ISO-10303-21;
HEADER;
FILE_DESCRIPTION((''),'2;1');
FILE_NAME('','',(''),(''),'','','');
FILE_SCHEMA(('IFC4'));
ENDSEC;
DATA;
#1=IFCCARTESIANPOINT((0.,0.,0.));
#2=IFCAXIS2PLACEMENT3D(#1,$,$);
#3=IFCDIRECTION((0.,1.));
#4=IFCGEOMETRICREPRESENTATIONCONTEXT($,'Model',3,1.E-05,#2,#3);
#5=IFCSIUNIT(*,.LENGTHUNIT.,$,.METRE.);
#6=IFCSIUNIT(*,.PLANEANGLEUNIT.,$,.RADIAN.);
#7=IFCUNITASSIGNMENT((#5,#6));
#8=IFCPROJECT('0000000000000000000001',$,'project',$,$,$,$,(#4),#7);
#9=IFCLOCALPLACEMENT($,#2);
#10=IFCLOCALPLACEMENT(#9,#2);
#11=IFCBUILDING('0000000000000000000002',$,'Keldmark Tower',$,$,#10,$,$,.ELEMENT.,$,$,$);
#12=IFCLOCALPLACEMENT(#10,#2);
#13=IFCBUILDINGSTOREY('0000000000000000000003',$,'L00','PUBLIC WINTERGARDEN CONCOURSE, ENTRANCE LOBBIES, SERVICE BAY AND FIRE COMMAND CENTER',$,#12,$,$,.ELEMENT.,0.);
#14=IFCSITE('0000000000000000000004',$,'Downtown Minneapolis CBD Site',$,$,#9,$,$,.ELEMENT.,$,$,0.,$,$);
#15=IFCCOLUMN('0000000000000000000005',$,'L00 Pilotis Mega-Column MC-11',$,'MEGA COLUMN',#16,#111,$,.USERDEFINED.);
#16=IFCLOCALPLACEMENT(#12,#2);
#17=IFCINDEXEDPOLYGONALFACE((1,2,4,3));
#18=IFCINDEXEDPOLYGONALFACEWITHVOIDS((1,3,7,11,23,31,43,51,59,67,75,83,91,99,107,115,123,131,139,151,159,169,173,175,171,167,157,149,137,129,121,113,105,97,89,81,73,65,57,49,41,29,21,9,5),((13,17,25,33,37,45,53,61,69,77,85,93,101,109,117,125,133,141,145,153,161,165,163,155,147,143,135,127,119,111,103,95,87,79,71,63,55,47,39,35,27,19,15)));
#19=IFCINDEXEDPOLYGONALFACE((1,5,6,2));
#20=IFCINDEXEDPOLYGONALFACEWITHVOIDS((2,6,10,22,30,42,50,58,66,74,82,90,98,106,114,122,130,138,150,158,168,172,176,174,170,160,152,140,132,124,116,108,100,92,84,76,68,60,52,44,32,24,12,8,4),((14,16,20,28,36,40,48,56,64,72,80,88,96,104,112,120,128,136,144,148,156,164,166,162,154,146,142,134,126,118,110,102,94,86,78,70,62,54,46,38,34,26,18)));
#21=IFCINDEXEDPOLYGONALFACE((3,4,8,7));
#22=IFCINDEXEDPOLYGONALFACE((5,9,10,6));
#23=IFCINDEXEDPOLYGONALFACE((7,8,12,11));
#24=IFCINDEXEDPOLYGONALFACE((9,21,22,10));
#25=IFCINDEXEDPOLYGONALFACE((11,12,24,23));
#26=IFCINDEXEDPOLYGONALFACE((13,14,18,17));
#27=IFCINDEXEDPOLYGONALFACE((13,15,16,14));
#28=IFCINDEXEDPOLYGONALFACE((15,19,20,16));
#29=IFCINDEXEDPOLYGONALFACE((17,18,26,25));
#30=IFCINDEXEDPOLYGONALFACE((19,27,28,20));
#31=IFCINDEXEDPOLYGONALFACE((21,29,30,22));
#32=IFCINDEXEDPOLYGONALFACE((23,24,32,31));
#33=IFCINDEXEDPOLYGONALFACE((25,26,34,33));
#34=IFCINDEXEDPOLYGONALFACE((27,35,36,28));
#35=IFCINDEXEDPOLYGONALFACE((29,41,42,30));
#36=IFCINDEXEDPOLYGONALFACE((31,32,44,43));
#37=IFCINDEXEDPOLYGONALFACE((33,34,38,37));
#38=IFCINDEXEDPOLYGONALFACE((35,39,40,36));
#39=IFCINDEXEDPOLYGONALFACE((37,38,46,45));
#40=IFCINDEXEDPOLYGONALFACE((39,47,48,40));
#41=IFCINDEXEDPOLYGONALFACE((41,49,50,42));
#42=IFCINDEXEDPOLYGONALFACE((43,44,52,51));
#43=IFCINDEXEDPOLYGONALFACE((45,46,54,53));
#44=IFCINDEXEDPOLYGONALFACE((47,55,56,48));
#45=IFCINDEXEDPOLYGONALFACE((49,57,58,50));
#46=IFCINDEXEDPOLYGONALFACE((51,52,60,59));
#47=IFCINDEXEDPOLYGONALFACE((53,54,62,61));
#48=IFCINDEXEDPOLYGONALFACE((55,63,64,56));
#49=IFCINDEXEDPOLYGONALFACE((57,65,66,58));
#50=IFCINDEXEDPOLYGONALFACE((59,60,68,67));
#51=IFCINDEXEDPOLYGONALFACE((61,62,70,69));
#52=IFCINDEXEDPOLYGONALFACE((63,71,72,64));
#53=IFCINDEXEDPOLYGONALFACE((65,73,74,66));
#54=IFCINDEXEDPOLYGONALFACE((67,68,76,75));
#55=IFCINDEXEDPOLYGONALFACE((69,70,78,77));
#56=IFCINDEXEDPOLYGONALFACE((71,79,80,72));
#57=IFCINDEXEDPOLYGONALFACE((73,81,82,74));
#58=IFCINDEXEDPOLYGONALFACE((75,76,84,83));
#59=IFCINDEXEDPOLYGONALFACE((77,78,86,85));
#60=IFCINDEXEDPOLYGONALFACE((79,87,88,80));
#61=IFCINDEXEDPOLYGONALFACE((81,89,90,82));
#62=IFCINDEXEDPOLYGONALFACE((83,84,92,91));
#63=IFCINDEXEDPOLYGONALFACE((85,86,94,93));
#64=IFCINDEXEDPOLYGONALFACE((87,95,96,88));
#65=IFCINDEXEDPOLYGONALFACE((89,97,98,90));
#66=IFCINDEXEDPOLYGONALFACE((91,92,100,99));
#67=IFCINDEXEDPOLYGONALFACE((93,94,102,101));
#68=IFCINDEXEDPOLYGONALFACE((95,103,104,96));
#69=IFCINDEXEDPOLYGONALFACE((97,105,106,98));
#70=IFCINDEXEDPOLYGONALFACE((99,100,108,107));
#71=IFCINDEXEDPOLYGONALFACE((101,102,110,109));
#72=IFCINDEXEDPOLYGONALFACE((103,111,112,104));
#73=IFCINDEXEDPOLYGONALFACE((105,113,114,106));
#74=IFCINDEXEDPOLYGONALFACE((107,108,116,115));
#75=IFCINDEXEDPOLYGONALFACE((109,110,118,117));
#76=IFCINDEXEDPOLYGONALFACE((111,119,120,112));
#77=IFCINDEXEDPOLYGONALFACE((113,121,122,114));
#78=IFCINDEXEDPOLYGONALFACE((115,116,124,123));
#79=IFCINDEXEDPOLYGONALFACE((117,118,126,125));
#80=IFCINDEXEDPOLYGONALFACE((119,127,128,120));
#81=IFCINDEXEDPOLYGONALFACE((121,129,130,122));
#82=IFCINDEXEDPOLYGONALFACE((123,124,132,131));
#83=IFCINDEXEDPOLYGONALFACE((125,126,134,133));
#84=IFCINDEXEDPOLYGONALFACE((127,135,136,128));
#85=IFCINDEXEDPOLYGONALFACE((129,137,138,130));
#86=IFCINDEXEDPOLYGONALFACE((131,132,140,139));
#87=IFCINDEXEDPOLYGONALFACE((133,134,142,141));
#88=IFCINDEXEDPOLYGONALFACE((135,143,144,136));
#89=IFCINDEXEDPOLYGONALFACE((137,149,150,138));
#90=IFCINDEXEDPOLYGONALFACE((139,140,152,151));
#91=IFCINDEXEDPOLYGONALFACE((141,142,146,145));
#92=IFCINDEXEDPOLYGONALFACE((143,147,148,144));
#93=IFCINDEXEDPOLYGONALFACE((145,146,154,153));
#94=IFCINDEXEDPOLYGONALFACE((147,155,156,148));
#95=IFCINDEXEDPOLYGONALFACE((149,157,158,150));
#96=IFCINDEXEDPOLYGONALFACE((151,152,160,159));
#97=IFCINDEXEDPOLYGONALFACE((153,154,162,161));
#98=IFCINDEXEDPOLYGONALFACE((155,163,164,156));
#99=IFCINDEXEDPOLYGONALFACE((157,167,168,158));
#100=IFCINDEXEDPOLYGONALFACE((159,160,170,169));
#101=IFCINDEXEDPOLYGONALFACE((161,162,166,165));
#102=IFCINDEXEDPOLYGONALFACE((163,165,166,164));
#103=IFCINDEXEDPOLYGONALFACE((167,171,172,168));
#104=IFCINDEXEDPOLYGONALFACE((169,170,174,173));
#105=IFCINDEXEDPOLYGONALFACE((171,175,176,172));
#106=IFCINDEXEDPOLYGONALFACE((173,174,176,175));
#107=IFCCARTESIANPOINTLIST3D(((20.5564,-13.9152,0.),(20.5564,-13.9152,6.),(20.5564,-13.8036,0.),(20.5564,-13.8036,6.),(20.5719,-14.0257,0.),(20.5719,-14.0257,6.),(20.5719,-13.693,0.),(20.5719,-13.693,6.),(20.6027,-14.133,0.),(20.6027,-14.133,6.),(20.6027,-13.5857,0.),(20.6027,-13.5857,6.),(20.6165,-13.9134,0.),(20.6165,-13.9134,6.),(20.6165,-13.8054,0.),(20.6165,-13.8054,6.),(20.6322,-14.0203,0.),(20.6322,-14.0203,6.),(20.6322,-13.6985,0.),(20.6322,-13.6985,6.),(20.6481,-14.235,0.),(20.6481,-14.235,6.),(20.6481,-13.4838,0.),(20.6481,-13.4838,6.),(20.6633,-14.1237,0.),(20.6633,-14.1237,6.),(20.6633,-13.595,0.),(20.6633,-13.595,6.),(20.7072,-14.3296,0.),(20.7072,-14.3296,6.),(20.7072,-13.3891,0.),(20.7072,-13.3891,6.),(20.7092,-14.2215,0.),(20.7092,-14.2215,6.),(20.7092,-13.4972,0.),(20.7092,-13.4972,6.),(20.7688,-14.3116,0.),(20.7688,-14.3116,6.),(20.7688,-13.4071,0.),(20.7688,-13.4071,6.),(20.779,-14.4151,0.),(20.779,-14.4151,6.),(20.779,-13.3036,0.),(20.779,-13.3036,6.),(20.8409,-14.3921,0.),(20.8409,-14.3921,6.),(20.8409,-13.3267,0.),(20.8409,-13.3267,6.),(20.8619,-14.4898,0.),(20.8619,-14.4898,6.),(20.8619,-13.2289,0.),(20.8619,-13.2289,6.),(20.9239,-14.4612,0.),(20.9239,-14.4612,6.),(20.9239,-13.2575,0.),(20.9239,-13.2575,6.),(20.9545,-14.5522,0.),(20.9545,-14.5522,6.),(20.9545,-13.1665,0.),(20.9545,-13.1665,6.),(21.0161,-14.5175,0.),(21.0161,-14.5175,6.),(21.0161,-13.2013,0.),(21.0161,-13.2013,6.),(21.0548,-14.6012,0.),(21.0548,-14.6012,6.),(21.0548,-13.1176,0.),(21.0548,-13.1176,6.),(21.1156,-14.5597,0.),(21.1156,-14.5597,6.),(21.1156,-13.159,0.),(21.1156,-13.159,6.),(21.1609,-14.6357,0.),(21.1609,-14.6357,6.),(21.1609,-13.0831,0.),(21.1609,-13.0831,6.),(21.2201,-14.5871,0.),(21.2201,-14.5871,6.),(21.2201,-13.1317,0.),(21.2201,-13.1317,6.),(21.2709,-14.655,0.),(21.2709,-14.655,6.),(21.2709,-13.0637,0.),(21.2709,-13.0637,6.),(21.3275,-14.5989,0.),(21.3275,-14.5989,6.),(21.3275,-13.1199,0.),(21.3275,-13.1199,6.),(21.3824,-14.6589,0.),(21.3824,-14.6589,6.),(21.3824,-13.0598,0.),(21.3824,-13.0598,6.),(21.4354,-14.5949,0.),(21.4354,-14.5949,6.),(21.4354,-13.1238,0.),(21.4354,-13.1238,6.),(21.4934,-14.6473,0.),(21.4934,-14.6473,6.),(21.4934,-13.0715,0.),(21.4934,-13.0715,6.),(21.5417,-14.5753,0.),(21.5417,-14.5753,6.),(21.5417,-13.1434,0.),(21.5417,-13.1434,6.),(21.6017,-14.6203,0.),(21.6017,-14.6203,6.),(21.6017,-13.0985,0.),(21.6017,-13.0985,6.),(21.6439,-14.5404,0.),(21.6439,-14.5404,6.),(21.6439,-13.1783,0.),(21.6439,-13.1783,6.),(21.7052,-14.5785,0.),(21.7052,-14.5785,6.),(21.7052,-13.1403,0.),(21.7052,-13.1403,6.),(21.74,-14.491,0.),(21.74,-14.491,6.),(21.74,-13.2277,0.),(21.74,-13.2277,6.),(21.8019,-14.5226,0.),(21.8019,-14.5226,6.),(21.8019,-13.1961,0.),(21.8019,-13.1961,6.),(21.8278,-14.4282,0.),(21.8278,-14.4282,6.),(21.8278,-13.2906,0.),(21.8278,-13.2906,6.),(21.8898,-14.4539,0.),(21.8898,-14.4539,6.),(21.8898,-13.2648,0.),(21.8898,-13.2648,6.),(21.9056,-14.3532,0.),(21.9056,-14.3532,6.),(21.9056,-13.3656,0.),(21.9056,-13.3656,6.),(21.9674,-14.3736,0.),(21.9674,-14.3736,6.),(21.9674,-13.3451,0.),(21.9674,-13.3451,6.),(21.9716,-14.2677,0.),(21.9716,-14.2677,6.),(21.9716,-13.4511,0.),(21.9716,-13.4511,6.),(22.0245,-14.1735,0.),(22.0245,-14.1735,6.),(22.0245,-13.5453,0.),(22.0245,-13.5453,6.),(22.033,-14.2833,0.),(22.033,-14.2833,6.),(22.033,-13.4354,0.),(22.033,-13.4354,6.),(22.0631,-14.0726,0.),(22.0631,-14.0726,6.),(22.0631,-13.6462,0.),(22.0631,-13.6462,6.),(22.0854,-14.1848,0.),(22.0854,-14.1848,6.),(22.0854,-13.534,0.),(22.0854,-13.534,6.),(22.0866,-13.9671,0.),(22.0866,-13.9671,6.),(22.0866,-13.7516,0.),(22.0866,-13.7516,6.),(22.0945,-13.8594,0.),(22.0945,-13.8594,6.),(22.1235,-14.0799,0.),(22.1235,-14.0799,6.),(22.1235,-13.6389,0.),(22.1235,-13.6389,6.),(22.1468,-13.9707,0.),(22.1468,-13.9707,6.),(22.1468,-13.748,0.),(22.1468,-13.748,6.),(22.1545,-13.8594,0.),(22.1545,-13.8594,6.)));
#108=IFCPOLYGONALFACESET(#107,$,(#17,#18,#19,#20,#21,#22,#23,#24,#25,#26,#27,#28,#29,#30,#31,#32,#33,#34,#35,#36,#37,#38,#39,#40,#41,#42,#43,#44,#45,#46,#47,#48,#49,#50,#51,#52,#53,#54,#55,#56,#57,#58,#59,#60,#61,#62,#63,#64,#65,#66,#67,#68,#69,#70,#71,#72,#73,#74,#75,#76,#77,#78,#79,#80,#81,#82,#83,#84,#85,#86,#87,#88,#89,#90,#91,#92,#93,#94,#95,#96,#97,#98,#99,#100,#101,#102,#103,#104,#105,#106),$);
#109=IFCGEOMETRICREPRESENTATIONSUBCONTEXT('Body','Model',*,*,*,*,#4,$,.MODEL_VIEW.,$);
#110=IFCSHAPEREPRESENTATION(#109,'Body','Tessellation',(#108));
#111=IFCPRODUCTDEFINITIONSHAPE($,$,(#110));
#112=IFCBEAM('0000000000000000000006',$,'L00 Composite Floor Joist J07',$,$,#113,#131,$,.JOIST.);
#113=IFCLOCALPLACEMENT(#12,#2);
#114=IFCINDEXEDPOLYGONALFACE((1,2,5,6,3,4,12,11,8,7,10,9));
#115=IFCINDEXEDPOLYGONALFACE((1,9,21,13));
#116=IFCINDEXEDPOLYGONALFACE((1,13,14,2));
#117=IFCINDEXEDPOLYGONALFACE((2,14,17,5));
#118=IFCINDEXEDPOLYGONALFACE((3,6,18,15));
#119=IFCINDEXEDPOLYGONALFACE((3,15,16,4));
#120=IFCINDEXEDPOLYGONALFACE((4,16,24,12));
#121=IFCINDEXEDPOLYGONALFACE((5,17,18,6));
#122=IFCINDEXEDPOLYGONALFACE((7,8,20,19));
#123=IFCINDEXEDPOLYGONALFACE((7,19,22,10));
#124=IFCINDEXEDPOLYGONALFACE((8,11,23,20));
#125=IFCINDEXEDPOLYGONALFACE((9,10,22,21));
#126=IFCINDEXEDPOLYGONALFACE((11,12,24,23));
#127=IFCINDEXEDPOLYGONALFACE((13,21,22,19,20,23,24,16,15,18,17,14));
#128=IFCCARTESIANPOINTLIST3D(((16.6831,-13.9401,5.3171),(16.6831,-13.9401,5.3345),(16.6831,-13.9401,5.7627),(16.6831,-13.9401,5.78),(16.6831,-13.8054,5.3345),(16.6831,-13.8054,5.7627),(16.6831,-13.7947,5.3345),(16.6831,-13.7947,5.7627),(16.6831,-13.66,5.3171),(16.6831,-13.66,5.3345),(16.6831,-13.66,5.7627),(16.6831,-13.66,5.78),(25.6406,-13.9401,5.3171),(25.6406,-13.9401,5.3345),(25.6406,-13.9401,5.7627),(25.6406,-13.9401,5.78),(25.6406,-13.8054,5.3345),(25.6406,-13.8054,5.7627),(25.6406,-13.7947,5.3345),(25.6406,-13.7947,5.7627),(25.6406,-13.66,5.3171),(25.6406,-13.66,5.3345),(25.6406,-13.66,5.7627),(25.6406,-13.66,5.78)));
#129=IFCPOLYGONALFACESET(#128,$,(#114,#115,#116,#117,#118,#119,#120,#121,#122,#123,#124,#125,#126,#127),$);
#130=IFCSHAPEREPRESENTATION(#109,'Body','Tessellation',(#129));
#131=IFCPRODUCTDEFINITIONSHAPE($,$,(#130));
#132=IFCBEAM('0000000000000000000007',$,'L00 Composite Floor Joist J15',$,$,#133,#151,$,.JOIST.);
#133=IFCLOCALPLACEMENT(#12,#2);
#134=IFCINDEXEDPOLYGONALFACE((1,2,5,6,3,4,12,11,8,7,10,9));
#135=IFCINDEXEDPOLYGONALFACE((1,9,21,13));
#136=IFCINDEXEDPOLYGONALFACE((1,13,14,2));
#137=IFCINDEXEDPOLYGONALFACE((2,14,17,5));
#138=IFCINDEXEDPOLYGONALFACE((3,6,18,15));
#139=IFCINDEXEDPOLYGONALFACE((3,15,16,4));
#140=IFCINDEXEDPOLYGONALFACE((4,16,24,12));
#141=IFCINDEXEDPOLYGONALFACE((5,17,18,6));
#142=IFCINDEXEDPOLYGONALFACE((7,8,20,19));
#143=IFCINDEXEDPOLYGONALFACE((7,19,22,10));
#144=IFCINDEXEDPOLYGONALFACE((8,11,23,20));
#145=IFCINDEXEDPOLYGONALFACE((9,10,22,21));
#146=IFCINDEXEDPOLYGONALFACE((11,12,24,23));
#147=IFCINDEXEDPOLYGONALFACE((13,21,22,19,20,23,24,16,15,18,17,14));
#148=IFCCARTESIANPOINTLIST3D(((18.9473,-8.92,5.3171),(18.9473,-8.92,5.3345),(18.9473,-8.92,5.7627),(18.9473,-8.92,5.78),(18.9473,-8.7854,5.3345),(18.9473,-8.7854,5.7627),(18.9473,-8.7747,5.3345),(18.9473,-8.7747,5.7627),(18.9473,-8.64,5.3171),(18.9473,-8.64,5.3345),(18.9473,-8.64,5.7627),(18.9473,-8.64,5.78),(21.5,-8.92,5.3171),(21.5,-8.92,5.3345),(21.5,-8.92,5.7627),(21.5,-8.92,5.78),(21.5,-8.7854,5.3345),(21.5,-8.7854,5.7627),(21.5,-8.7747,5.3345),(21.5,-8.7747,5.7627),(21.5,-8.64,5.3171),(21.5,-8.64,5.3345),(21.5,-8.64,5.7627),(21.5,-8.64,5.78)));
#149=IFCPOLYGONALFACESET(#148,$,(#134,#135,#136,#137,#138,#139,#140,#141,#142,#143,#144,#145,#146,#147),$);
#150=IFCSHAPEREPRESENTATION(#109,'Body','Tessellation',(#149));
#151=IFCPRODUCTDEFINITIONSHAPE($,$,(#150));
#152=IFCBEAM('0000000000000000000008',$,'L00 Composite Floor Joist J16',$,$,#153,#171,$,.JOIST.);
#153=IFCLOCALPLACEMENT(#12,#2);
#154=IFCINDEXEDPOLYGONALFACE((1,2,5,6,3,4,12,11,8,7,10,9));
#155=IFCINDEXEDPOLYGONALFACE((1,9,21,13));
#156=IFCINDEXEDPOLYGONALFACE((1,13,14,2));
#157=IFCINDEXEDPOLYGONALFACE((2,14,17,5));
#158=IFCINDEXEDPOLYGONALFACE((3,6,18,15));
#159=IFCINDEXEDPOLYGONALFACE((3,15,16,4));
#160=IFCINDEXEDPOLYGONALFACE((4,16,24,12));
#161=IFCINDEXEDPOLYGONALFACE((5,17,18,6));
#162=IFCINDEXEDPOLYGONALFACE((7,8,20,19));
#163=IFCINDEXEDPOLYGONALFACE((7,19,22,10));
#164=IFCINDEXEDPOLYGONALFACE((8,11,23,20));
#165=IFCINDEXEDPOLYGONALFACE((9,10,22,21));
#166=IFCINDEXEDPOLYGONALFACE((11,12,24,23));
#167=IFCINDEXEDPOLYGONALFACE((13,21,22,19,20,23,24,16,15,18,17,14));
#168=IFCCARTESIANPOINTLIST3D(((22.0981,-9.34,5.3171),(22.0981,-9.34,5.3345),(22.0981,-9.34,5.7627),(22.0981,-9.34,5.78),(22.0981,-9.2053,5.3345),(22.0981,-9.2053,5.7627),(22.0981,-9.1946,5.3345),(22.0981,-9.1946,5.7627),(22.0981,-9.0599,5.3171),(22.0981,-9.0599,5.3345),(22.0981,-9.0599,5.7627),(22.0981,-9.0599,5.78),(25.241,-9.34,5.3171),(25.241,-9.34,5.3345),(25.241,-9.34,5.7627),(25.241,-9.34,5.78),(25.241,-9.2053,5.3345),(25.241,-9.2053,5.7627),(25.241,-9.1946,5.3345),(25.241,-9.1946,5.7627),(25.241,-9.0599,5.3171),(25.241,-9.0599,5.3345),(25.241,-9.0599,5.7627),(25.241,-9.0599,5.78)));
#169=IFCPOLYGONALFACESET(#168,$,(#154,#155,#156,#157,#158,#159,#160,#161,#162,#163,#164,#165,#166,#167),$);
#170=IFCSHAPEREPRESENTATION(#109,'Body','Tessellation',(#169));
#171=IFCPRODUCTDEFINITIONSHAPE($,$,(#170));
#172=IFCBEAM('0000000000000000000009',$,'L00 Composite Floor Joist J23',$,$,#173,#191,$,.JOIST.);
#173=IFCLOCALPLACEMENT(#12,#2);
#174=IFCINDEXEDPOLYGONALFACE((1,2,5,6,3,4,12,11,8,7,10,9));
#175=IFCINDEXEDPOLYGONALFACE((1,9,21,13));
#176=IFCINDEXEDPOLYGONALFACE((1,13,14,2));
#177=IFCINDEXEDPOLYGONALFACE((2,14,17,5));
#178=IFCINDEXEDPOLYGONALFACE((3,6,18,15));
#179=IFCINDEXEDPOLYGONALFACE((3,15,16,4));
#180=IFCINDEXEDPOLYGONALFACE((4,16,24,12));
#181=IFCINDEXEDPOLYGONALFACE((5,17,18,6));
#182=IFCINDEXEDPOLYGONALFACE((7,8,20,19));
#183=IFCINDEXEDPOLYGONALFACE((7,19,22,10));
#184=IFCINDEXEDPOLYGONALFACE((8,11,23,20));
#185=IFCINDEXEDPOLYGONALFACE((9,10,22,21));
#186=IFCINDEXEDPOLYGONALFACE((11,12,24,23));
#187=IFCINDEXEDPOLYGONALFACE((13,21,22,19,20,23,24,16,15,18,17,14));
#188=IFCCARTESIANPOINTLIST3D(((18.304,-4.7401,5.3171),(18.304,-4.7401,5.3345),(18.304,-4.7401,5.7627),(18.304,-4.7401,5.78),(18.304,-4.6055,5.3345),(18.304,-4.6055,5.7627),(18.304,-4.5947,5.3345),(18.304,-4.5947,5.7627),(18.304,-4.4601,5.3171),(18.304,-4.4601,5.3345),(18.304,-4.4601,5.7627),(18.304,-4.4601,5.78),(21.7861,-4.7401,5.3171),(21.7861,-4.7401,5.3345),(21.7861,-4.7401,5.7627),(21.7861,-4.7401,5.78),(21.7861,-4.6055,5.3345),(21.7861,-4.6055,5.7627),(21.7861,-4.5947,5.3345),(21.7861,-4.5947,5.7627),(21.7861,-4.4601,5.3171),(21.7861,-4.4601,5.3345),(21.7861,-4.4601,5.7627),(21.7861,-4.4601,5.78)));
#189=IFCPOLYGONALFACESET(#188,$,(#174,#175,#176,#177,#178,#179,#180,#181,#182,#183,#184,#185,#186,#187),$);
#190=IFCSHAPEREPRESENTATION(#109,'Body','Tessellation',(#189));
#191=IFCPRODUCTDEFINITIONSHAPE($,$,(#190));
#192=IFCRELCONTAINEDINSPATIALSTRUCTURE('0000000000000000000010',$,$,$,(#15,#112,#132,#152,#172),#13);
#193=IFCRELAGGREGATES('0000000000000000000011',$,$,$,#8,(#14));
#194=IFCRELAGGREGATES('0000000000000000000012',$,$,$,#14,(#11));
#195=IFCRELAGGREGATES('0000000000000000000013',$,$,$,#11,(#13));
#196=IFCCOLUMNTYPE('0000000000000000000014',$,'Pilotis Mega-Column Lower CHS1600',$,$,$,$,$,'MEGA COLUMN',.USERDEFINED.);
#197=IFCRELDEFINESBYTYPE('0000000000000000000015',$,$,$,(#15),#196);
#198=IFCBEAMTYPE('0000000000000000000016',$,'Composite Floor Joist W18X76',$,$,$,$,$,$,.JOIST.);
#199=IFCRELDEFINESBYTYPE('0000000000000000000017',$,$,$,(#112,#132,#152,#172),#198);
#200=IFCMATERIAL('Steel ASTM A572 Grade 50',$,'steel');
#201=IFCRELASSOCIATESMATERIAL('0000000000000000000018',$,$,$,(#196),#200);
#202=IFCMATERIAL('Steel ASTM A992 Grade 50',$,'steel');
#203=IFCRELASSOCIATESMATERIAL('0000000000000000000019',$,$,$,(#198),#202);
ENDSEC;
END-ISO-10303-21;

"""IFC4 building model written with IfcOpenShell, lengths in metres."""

from ifc_helpers import new_model, si_unit, direction, frame, origin, origin_2d, place, context, subcontext, project, spatial, hollow_circle, i_section, extrude, material, material_profile, profile_set, type_object, element, save


model = new_model("IFC4")

# Units and contexts
model_context = context("Model", 3, precision=1e-05, world=origin(), true_north=direction((0.0, 1.0)))
body_context = subcontext(model_context, "Body", "Model", "MODEL_VIEW")
ifc_project = project(units=[si_unit("LENGTHUNIT", "METRE"), si_unit("PLANEANGLEUNIT", "RADIAN")], contexts=[model_context])

# Site, building, storey
site_placement = place(None, origin())
site = spatial("IfcSite", under=ifc_project, at=site_placement, Name="Downtown Minneapolis CBD Site", CompositionType="ELEMENT", RefElevation=0.0)
building_placement = place(site_placement, origin())
building = spatial("IfcBuilding", under=site, at=building_placement, Name="Keldmark Tower", CompositionType="ELEMENT")
storey_placement = place(building_placement, origin())
storey = spatial("IfcBuildingStorey", under=building, at=storey_placement, Name="L00", Description="PUBLIC WINTERGARDEN CONCOURSE, ENTRANCE LOBBIES, SERVICE BAY AND FIRE COMMAND CENTER", CompositionType="ELEMENT", Elevation=0.0)

# Column
ifc_material_1 = material(Name="Steel ASTM A572 Grade 50", Category="steel")
ifc_material_profile_1 = material_profile(ifc_material_1, hollow_circle(Radius=0.8, WallThickness=0.0601, at=origin_2d()), Name="CHS1600X60")
ifc_profile_set_1 = profile_set([ifc_material_profile_1], Name="Steel ASTM A572 Grade 50")
column_type = type_object("IfcColumnType", Name="Pilotis Mega-Column Lower CHS1600", ElementType="MEGA COLUMN", PredefinedType="USERDEFINED", material=ifc_profile_set_1)
column_placement = place(storey_placement, frame((21.3545, -13.8594, 0.0), z_axis=(0.0, 0.0, 1.0), x_axis=(1.0, 0.0, 0.0)))
element("IfcColumn", 1, at=column_placement, inside=storey, type_object=column_type, Name="L00 Pilotis Mega-Column MC-11", ObjectType="MEGA COLUMN", PredefinedType="USERDEFINED", context=body_context, shape_type="SweptSolid", body=[
    extrude(hollow_circle(Radius=0.8, WallThickness=0.0601, at=origin_2d()), origin(), (0.0, 0.0, 1.0), 6.0),
])

# Beams
ifc_material_2 = material(Name="Steel ASTM A992 Grade 50", Category="steel")
ifc_material_profile_2 = material_profile(ifc_material_2, i_section(OverallWidth=0.28, OverallDepth=0.4629, WebThickness=0.0107, FlangeThickness=0.0173, at=origin_2d()), Name="W18X76")
ifc_profile_set_2 = profile_set([ifc_material_profile_2], Name="Steel ASTM A992 Grade 50")
beam_type_1 = type_object("IfcBeamType", Name="Composite Floor Joist W18X76", PredefinedType="JOIST", material=ifc_profile_set_2)
beam_1_placement = place(storey_placement, frame((16.6831, -13.8, 5.5486), z_axis=(1.0, 0.0, 0.0), x_axis=(0.0, 1.0, 0.0)))
element("IfcBeam", 2, at=beam_1_placement, inside=storey, type_object=beam_type_1, Name="L00 Composite Floor Joist J07", PredefinedType="JOIST", context=body_context, shape_type="SweptSolid", body=[
    extrude(i_section(OverallWidth=0.28, OverallDepth=0.4629, WebThickness=0.0107, FlangeThickness=0.0173, at=origin_2d()), origin(), (0.0, 0.0, 1.0), 8.9575),
])
beam_2_placement = place(storey_placement, frame((18.9473, -8.78, 5.5486), z_axis=(1.0, 0.0, 0.0), x_axis=(0.0, 1.0, 0.0)))
element("IfcBeam", 3, at=beam_2_placement, inside=storey, type_object=beam_type_1, Name="L00 Composite Floor Joist J15", PredefinedType="JOIST", context=body_context, shape_type="SweptSolid", body=[
    extrude(i_section(OverallWidth=0.28, OverallDepth=0.4629, WebThickness=0.0107, FlangeThickness=0.0173, at=origin_2d()), origin(), (0.0, 0.0, 1.0), 2.5527),
])
beam_3_placement = place(storey_placement, frame((22.0981, -9.2, 5.5486), z_axis=(1.0, 0.0, 0.0), x_axis=(0.0, 1.0, 0.0)))
element("IfcBeam", 4, at=beam_3_placement, inside=storey, type_object=beam_type_1, Name="L00 Composite Floor Joist J16", PredefinedType="JOIST", context=body_context, shape_type="SweptSolid", body=[
    extrude(i_section(OverallWidth=0.28, OverallDepth=0.4629, WebThickness=0.0107, FlangeThickness=0.0173, at=origin_2d()), origin(), (0.0, 0.0, 1.0), 3.1428),
])
beam_4_placement = place(storey_placement, frame((18.304, -4.6001, 5.5486), z_axis=(1.0, 0.0, 0.0), x_axis=(0.0, 1.0, 0.0)))
element("IfcBeam", 5, at=beam_4_placement, inside=storey, type_object=beam_type_1, Name="L00 Composite Floor Joist J23", PredefinedType="JOIST", context=body_context, shape_type="SweptSolid", body=[
    extrude(i_section(OverallWidth=0.28, OverallDepth=0.4629, WebThickness=0.0107, FlangeThickness=0.0173, at=origin_2d()), origin(), (0.0, 0.0, 1.0), 3.4822),
])

save(model, "model.ifc")
